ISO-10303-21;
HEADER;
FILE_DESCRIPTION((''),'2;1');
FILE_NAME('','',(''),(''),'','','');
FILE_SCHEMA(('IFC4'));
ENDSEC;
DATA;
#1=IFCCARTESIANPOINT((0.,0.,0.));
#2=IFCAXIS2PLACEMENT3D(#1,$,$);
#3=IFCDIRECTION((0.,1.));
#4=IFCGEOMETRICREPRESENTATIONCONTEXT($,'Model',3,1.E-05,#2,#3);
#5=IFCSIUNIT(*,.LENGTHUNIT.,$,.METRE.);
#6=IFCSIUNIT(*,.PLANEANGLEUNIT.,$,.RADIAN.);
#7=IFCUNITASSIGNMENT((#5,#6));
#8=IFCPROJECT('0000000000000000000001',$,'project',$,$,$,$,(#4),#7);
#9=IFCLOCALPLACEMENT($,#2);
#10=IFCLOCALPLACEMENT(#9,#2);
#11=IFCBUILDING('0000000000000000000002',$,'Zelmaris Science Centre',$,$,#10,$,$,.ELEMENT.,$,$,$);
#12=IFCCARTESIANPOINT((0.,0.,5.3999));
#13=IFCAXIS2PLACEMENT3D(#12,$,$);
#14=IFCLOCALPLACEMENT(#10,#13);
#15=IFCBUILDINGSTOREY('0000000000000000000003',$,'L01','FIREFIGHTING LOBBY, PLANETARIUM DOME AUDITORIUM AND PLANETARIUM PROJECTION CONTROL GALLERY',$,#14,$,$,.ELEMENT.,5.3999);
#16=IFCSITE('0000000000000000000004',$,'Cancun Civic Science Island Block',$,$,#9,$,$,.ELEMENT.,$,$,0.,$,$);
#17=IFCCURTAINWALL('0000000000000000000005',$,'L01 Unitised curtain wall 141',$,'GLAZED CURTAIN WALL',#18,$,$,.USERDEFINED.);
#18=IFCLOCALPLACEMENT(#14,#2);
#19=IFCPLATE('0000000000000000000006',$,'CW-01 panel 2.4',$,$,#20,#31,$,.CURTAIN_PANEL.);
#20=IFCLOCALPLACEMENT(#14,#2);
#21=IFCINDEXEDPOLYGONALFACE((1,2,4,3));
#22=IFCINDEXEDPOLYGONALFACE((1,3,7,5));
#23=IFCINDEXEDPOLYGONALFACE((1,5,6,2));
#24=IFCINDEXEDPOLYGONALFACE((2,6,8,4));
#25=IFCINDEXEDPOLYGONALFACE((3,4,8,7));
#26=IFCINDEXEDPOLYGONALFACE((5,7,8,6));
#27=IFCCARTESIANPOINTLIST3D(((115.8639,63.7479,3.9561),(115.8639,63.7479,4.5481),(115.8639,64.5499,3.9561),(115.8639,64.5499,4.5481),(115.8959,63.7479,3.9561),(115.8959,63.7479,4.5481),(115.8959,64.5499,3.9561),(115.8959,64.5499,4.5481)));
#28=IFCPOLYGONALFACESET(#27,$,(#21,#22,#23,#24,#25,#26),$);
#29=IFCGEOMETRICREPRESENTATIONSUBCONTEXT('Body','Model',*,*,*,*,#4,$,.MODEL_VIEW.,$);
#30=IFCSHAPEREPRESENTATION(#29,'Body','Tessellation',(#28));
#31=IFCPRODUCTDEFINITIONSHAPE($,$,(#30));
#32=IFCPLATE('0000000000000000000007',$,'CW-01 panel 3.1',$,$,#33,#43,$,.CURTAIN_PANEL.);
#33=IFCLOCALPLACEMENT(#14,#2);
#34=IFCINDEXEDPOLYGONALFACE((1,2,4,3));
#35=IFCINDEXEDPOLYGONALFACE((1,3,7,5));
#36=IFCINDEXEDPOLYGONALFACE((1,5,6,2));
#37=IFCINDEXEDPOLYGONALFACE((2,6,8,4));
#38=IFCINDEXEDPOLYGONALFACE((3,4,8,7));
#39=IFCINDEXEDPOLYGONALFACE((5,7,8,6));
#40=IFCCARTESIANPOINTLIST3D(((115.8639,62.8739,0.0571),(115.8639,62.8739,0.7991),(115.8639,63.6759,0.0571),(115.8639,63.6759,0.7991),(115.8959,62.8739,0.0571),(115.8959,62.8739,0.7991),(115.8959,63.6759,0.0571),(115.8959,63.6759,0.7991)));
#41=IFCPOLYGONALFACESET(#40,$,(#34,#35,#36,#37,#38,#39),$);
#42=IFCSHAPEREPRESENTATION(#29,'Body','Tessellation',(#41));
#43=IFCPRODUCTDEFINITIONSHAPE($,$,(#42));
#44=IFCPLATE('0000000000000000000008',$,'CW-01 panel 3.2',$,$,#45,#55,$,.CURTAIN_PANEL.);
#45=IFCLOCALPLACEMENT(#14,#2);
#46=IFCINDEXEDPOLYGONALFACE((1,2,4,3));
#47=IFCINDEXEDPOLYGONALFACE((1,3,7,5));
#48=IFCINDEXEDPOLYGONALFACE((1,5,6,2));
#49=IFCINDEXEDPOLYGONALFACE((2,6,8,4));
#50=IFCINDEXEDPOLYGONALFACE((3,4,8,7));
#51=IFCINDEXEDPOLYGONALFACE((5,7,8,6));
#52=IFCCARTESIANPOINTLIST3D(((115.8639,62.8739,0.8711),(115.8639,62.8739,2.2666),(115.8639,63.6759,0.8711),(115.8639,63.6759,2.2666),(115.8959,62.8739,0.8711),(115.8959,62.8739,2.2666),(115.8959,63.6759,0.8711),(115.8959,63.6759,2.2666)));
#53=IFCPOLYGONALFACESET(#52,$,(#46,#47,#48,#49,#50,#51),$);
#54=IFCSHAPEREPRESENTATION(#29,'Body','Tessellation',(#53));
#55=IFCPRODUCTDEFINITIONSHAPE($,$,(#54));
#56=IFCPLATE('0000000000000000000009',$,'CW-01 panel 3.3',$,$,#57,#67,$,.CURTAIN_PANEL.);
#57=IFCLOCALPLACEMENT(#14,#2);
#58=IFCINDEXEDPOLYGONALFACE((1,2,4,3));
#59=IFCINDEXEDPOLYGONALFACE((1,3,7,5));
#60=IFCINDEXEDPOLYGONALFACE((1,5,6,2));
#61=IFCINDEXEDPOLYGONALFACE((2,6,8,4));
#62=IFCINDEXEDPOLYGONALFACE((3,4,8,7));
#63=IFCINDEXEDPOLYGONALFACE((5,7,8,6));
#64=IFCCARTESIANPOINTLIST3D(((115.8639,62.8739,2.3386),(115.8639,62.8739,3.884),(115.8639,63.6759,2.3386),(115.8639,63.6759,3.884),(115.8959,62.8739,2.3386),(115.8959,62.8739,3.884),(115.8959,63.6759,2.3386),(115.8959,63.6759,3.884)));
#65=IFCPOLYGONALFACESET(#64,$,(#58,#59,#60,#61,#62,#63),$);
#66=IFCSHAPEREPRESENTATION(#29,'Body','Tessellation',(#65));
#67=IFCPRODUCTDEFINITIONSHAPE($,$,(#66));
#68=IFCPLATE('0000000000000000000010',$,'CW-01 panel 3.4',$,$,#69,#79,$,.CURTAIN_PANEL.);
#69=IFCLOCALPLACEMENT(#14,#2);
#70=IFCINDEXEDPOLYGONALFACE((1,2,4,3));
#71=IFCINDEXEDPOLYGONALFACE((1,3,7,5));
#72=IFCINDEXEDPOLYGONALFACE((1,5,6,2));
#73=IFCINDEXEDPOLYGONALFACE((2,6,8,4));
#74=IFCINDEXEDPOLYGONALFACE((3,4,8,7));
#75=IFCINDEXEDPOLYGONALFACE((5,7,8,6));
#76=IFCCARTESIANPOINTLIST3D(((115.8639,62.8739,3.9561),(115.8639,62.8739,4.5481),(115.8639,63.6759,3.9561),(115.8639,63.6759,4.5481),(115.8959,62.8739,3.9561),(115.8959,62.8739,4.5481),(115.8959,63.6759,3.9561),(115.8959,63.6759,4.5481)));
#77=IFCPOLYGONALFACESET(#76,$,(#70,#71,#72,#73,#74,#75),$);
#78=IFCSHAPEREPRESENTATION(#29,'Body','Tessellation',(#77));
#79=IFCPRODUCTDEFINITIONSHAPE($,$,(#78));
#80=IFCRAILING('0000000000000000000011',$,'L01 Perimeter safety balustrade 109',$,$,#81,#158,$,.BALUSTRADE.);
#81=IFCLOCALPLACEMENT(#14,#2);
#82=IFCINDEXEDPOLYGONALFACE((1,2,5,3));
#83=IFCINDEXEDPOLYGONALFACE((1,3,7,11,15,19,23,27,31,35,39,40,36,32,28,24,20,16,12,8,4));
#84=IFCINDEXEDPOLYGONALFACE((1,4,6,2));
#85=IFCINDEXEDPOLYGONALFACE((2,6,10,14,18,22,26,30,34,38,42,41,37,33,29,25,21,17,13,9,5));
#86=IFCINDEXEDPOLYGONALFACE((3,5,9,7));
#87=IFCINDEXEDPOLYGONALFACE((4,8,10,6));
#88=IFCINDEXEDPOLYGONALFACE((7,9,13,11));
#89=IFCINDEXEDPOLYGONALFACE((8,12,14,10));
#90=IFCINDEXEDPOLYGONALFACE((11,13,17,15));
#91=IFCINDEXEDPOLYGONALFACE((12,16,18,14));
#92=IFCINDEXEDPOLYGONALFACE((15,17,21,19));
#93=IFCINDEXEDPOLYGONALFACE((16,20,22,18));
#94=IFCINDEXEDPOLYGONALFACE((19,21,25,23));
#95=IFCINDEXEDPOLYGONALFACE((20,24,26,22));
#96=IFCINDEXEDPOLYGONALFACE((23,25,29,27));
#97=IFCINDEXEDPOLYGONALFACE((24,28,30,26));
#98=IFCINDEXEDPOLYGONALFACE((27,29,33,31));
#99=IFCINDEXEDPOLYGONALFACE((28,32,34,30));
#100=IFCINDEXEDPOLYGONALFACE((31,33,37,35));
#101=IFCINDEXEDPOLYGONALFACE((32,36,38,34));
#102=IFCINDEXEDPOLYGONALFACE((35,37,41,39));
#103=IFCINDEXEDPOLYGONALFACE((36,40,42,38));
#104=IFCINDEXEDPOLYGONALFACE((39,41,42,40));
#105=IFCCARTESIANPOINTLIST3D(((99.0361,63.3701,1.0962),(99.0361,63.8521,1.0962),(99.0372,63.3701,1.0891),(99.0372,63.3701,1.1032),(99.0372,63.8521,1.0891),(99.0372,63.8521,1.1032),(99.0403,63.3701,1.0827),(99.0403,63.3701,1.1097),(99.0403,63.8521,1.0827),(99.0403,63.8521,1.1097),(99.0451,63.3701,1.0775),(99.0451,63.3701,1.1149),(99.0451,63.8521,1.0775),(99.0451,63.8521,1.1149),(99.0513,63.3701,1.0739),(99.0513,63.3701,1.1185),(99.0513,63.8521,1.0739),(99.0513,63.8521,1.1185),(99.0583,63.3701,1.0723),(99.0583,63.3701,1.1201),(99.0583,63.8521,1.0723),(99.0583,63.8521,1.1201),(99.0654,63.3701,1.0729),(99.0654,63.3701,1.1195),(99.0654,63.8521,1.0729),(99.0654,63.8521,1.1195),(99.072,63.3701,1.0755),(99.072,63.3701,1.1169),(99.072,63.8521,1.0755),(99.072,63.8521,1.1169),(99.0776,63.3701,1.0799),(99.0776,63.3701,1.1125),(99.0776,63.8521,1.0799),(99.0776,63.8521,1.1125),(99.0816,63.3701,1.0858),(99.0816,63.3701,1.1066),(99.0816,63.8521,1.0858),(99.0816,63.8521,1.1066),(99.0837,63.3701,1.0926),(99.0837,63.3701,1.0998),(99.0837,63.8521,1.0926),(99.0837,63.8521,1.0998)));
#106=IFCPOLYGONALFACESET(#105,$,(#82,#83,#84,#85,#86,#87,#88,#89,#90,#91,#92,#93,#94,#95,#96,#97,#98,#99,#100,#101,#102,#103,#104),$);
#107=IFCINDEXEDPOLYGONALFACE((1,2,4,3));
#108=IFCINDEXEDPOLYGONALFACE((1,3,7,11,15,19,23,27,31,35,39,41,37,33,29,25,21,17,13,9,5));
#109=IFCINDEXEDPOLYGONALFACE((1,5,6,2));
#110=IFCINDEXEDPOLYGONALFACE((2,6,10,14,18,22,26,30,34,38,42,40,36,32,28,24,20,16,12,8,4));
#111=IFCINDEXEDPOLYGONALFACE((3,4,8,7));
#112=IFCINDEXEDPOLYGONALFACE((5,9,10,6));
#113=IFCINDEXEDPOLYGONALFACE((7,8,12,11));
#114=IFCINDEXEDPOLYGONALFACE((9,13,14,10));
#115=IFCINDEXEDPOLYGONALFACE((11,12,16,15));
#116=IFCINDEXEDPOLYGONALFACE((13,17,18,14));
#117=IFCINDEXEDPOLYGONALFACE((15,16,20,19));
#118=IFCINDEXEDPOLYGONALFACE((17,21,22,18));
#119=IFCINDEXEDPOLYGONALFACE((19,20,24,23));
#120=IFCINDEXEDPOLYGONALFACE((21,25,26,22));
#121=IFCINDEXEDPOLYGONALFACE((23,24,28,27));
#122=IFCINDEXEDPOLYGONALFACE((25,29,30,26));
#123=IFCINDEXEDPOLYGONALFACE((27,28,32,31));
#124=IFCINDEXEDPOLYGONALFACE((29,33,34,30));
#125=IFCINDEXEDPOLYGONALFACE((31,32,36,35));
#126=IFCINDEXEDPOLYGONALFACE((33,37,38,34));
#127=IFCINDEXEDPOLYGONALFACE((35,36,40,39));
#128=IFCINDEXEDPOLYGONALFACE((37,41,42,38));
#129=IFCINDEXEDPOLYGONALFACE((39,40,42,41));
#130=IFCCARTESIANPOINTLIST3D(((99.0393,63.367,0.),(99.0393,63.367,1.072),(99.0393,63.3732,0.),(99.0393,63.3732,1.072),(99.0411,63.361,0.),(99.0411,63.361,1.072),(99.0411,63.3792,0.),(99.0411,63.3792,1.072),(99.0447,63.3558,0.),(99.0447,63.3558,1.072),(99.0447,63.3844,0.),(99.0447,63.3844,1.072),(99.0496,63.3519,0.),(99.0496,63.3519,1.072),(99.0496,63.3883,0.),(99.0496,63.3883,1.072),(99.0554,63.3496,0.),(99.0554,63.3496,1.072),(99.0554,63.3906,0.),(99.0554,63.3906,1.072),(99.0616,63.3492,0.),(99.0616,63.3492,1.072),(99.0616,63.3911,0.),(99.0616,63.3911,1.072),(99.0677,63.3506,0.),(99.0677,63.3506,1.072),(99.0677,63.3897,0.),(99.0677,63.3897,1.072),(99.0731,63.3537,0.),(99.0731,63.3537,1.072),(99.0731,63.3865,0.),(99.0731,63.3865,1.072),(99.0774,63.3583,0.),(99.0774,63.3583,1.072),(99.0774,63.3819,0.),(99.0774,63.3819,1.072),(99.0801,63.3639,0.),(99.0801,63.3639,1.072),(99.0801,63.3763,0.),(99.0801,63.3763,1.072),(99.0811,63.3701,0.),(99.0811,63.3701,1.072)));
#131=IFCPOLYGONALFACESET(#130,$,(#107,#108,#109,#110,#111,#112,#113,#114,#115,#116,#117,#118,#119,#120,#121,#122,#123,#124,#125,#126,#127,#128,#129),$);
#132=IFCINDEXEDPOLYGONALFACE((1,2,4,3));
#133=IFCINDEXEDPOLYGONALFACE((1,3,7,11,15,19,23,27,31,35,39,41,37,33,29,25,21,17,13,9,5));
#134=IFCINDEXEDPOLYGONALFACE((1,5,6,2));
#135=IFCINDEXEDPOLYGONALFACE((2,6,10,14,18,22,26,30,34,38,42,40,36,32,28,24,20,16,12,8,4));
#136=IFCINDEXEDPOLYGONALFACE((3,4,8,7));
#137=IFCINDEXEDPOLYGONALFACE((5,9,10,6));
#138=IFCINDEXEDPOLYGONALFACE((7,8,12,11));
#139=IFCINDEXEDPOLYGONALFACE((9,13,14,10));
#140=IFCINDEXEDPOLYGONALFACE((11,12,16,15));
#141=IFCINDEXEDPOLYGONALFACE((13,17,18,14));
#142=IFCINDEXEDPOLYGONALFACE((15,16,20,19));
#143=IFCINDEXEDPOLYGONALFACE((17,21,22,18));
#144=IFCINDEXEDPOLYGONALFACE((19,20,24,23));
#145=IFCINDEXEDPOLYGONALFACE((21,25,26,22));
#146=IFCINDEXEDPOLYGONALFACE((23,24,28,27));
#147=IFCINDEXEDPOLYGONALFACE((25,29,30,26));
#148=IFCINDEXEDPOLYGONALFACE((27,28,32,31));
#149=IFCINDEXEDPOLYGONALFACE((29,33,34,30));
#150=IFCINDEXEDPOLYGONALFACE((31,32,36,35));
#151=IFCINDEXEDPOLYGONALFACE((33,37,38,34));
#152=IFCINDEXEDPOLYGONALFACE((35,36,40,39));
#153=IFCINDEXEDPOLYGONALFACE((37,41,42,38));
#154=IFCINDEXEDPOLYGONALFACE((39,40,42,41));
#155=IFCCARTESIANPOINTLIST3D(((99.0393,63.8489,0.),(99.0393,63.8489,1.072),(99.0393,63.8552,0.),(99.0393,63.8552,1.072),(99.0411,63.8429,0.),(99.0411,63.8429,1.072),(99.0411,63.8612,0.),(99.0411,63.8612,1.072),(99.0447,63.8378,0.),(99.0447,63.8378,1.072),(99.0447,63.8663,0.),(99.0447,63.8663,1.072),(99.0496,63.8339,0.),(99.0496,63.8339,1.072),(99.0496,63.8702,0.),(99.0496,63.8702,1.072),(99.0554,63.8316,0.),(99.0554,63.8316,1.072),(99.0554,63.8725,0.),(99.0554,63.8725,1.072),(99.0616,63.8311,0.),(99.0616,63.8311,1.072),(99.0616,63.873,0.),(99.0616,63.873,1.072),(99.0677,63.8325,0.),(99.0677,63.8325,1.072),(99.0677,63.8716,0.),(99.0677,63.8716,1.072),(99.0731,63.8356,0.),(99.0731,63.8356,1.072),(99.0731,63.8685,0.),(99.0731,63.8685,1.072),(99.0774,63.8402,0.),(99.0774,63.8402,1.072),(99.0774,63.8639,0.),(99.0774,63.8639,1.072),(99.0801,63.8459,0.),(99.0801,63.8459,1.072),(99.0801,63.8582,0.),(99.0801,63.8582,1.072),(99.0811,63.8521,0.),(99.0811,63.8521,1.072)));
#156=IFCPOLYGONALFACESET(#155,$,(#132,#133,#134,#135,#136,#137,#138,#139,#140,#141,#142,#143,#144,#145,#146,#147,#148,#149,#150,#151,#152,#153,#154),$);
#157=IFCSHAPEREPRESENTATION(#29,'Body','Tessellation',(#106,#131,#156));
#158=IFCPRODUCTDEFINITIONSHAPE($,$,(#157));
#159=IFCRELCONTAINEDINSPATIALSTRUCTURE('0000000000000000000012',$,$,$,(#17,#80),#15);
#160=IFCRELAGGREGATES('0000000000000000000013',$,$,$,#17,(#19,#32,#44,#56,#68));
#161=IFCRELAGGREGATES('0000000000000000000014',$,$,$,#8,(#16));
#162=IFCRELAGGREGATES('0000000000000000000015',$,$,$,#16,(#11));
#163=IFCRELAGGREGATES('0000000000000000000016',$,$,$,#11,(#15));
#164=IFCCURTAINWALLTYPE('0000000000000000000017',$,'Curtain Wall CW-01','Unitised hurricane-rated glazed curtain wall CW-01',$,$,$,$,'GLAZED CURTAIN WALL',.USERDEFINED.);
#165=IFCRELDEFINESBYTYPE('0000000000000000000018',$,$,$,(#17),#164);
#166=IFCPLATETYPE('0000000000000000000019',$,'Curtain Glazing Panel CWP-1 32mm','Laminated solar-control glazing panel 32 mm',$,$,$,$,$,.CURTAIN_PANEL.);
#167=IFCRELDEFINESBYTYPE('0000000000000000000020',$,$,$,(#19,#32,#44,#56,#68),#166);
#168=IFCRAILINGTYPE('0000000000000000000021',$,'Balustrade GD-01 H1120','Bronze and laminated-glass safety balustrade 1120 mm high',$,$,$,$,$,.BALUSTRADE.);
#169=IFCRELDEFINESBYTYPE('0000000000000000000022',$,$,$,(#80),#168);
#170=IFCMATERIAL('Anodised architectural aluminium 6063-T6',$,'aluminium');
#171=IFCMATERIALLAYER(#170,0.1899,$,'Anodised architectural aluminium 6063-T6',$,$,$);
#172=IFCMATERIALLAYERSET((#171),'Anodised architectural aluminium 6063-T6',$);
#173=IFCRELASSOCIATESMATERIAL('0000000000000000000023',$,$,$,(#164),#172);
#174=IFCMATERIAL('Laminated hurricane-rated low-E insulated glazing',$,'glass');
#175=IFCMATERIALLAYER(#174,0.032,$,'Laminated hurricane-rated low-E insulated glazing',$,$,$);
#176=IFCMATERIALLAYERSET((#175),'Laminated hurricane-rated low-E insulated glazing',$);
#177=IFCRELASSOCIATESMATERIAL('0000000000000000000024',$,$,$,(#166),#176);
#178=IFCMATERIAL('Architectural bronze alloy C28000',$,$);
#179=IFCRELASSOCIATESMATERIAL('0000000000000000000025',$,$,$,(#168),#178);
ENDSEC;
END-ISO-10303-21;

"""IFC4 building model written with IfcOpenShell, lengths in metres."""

from ifc_helpers import new_model, si_unit, direction, frame, origin, origin_2d, place, context, subcontext, project, spatial, rectangle, circle, extrude, material, layer, layer_set, type_object, element, aggregate, save


model = new_model("IFC4")

# Units and contexts
model_context = context("Model", 3, precision=1e-05, world=origin(), true_north=direction((0.0, 1.0)))
body_context = subcontext(model_context, "Body", "Model", "MODEL_VIEW")
ifc_project = project(units=[si_unit("LENGTHUNIT", "METRE"), si_unit("PLANEANGLEUNIT", "RADIAN")], contexts=[model_context])

# Site, building, storey
site_placement = place(None, origin())
site = spatial("IfcSite", under=ifc_project, at=site_placement, Name="Cancun Civic Science Island Block", CompositionType="ELEMENT", RefElevation=0.0)
building_placement = place(site_placement, origin())
building = spatial("IfcBuilding", under=site, at=building_placement, Name="Zelmaris Science Centre", CompositionType="ELEMENT")
storey_placement = place(building_placement, frame((0.0, 0.0, 5.3999)))
storey = spatial("IfcBuildingStorey", under=building, at=storey_placement, Name="L01", Description="FIREFIGHTING LOBBY, PLANETARIUM DOME AUDITORIUM AND PLANETARIUM PROJECTION CONTROL GALLERY", CompositionType="ELEMENT", Elevation=5.3999)

# Shared definitions
ifc_material_1 = material(Name="Anodised architectural aluminium 6063-T6", Category="aluminium")

# Curtain wall
ifc_layer_1 = layer(ifc_material_1, 0.1899, Name="Anodised architectural aluminium 6063-T6")
ifc_layer_set_1 = layer_set([ifc_layer_1], Name="Anodised architectural aluminium 6063-T6")
curtain_wall_type_1 = type_object("IfcCurtainWallType", Name="Curtain Wall CW-01", Description="Unitised hurricane-rated glazed curtain wall CW-01", ElementType="GLAZED CURTAIN WALL", PredefinedType="USERDEFINED", material=ifc_layer_set_1)
curtain_wall_1_placement = place(storey_placement, origin())
curtain_wall_1 = element("IfcCurtainWall", 1, at=curtain_wall_1_placement, inside=storey, type_object=curtain_wall_type_1, Name="L01 Unitised curtain wall 141", ObjectType="GLAZED CURTAIN WALL", PredefinedType="USERDEFINED")

# Plates
ifc_material_2 = material(Name="Laminated hurricane-rated low-E insulated glazing", Category="glass")
ifc_layer_2 = layer(ifc_material_2, 0.032, Name="Laminated hurricane-rated low-E insulated glazing")
ifc_layer_set_2 = layer_set([ifc_layer_2], Name="Laminated hurricane-rated low-E insulated glazing")
plate_type = type_object("IfcPlateType", Name="Curtain Glazing Panel CWP-1 32mm", Description="Laminated solar-control glazing panel 32 mm", PredefinedType="CURTAIN_PANEL", material=ifc_layer_set_2)
plate_1_placement = place(storey_placement, frame((115.8799, 64.1489, 3.9561), z_axis=(0.0, 0.0, 1.0), x_axis=(0.000023, -1.0, 0.0)))
plate_1 = element("IfcPlate", 2, at=plate_1_placement, type_object=plate_type, Name="CW-01 panel 2.4", PredefinedType="CURTAIN_PANEL", context=body_context, shape_type="SweptSolid", body=[
    extrude(rectangle(XDim=0.802, YDim=0.032, at=origin_2d()), origin(), (0.0, 0.0, 1.0), 0.592),
])
plate_2_placement = place(storey_placement, frame((115.8799, 63.2749, 0.0571), z_axis=(0.0, 0.0, 1.0), x_axis=(0.000023, -1.0, 0.0)))
plate_2 = element("IfcPlate", 3, at=plate_2_placement, type_object=plate_type, Name="CW-01 panel 3.1", PredefinedType="CURTAIN_PANEL", context=body_context, shape_type="SweptSolid", body=[
    extrude(rectangle(XDim=0.802, YDim=0.032, at=origin_2d()), origin(), (0.0, 0.0, 1.0), 0.7419),
])
plate_3_placement = place(storey_placement, frame((115.8799, 63.2749, 0.8711), z_axis=(0.0, 0.0, 1.0), x_axis=(0.000023, -1.0, 0.0)))
plate_3 = element("IfcPlate", 4, at=plate_3_placement, type_object=plate_type, Name="CW-01 panel 3.2", PredefinedType="CURTAIN_PANEL", context=body_context, shape_type="SweptSolid", body=[
    extrude(rectangle(XDim=0.802, YDim=0.032, at=origin_2d()), origin(), (0.0, 0.0, 1.0), 1.3955),
])
plate_4_placement = place(storey_placement, frame((115.8799, 63.2749, 2.3386), z_axis=(0.0, 0.0, 1.0), x_axis=(0.000023, -1.0, 0.0)))
plate_4 = element("IfcPlate", 5, at=plate_4_placement, type_object=plate_type, Name="CW-01 panel 3.3", PredefinedType="CURTAIN_PANEL", context=body_context, shape_type="SweptSolid", body=[
    extrude(rectangle(XDim=0.802, YDim=0.032, at=origin_2d()), origin(), (0.0, 0.0, 1.0), 1.5454),
])
plate_5_placement = place(storey_placement, frame((115.8799, 63.2749, 3.9561), z_axis=(0.0, 0.0, 1.0), x_axis=(0.000023, -1.0, 0.0)))
plate_5 = element("IfcPlate", 6, at=plate_5_placement, type_object=plate_type, Name="CW-01 panel 3.4", PredefinedType="CURTAIN_PANEL", context=body_context, shape_type="SweptSolid", body=[
    extrude(rectangle(XDim=0.802, YDim=0.032, at=origin_2d()), origin(), (0.0, 0.0, 1.0), 0.592),
])
aggregate(curtain_wall_1, [plate_1, plate_2, plate_3, plate_4, plate_5])

# Railing
ifc_material_3 = material(Name="Architectural bronze alloy C28000")
railing_type = type_object("IfcRailingType", Name="Balustrade GD-01 H1120", Description="Bronze and laminated-glass safety balustrade 1120 mm high", PredefinedType="BALUSTRADE", material=ifc_material_3)
railing_placement = place(storey_placement, frame((99.0601, 63.3701, 0.0)))
element("IfcRailing", 7, at=railing_placement, inside=storey, type_object=railing_type, Name="L01 Perimeter safety balustrade 109", PredefinedType="BALUSTRADE", context=body_context, shape_type="SweptSolid", body=[
    extrude(circle(Radius=0.0239, at=origin_2d()), frame((0.0, 0.0, 1.0962), z_axis=(0.0, 1.0, 0.0), x_axis=(-1.0, 0.0, 0.0)), (0.0, 0.0, 1.0), 0.4819),
    extrude(circle(Radius=0.021, at=origin_2d()), origin(), (0.0, 0.0, 1.0), 1.072),
    extrude(circle(Radius=0.021, at=origin_2d()), frame((0.0, 0.4819, 0.0)), (0.0, 0.0, 1.0), 1.072),
])

save(model, "model.ifc")
